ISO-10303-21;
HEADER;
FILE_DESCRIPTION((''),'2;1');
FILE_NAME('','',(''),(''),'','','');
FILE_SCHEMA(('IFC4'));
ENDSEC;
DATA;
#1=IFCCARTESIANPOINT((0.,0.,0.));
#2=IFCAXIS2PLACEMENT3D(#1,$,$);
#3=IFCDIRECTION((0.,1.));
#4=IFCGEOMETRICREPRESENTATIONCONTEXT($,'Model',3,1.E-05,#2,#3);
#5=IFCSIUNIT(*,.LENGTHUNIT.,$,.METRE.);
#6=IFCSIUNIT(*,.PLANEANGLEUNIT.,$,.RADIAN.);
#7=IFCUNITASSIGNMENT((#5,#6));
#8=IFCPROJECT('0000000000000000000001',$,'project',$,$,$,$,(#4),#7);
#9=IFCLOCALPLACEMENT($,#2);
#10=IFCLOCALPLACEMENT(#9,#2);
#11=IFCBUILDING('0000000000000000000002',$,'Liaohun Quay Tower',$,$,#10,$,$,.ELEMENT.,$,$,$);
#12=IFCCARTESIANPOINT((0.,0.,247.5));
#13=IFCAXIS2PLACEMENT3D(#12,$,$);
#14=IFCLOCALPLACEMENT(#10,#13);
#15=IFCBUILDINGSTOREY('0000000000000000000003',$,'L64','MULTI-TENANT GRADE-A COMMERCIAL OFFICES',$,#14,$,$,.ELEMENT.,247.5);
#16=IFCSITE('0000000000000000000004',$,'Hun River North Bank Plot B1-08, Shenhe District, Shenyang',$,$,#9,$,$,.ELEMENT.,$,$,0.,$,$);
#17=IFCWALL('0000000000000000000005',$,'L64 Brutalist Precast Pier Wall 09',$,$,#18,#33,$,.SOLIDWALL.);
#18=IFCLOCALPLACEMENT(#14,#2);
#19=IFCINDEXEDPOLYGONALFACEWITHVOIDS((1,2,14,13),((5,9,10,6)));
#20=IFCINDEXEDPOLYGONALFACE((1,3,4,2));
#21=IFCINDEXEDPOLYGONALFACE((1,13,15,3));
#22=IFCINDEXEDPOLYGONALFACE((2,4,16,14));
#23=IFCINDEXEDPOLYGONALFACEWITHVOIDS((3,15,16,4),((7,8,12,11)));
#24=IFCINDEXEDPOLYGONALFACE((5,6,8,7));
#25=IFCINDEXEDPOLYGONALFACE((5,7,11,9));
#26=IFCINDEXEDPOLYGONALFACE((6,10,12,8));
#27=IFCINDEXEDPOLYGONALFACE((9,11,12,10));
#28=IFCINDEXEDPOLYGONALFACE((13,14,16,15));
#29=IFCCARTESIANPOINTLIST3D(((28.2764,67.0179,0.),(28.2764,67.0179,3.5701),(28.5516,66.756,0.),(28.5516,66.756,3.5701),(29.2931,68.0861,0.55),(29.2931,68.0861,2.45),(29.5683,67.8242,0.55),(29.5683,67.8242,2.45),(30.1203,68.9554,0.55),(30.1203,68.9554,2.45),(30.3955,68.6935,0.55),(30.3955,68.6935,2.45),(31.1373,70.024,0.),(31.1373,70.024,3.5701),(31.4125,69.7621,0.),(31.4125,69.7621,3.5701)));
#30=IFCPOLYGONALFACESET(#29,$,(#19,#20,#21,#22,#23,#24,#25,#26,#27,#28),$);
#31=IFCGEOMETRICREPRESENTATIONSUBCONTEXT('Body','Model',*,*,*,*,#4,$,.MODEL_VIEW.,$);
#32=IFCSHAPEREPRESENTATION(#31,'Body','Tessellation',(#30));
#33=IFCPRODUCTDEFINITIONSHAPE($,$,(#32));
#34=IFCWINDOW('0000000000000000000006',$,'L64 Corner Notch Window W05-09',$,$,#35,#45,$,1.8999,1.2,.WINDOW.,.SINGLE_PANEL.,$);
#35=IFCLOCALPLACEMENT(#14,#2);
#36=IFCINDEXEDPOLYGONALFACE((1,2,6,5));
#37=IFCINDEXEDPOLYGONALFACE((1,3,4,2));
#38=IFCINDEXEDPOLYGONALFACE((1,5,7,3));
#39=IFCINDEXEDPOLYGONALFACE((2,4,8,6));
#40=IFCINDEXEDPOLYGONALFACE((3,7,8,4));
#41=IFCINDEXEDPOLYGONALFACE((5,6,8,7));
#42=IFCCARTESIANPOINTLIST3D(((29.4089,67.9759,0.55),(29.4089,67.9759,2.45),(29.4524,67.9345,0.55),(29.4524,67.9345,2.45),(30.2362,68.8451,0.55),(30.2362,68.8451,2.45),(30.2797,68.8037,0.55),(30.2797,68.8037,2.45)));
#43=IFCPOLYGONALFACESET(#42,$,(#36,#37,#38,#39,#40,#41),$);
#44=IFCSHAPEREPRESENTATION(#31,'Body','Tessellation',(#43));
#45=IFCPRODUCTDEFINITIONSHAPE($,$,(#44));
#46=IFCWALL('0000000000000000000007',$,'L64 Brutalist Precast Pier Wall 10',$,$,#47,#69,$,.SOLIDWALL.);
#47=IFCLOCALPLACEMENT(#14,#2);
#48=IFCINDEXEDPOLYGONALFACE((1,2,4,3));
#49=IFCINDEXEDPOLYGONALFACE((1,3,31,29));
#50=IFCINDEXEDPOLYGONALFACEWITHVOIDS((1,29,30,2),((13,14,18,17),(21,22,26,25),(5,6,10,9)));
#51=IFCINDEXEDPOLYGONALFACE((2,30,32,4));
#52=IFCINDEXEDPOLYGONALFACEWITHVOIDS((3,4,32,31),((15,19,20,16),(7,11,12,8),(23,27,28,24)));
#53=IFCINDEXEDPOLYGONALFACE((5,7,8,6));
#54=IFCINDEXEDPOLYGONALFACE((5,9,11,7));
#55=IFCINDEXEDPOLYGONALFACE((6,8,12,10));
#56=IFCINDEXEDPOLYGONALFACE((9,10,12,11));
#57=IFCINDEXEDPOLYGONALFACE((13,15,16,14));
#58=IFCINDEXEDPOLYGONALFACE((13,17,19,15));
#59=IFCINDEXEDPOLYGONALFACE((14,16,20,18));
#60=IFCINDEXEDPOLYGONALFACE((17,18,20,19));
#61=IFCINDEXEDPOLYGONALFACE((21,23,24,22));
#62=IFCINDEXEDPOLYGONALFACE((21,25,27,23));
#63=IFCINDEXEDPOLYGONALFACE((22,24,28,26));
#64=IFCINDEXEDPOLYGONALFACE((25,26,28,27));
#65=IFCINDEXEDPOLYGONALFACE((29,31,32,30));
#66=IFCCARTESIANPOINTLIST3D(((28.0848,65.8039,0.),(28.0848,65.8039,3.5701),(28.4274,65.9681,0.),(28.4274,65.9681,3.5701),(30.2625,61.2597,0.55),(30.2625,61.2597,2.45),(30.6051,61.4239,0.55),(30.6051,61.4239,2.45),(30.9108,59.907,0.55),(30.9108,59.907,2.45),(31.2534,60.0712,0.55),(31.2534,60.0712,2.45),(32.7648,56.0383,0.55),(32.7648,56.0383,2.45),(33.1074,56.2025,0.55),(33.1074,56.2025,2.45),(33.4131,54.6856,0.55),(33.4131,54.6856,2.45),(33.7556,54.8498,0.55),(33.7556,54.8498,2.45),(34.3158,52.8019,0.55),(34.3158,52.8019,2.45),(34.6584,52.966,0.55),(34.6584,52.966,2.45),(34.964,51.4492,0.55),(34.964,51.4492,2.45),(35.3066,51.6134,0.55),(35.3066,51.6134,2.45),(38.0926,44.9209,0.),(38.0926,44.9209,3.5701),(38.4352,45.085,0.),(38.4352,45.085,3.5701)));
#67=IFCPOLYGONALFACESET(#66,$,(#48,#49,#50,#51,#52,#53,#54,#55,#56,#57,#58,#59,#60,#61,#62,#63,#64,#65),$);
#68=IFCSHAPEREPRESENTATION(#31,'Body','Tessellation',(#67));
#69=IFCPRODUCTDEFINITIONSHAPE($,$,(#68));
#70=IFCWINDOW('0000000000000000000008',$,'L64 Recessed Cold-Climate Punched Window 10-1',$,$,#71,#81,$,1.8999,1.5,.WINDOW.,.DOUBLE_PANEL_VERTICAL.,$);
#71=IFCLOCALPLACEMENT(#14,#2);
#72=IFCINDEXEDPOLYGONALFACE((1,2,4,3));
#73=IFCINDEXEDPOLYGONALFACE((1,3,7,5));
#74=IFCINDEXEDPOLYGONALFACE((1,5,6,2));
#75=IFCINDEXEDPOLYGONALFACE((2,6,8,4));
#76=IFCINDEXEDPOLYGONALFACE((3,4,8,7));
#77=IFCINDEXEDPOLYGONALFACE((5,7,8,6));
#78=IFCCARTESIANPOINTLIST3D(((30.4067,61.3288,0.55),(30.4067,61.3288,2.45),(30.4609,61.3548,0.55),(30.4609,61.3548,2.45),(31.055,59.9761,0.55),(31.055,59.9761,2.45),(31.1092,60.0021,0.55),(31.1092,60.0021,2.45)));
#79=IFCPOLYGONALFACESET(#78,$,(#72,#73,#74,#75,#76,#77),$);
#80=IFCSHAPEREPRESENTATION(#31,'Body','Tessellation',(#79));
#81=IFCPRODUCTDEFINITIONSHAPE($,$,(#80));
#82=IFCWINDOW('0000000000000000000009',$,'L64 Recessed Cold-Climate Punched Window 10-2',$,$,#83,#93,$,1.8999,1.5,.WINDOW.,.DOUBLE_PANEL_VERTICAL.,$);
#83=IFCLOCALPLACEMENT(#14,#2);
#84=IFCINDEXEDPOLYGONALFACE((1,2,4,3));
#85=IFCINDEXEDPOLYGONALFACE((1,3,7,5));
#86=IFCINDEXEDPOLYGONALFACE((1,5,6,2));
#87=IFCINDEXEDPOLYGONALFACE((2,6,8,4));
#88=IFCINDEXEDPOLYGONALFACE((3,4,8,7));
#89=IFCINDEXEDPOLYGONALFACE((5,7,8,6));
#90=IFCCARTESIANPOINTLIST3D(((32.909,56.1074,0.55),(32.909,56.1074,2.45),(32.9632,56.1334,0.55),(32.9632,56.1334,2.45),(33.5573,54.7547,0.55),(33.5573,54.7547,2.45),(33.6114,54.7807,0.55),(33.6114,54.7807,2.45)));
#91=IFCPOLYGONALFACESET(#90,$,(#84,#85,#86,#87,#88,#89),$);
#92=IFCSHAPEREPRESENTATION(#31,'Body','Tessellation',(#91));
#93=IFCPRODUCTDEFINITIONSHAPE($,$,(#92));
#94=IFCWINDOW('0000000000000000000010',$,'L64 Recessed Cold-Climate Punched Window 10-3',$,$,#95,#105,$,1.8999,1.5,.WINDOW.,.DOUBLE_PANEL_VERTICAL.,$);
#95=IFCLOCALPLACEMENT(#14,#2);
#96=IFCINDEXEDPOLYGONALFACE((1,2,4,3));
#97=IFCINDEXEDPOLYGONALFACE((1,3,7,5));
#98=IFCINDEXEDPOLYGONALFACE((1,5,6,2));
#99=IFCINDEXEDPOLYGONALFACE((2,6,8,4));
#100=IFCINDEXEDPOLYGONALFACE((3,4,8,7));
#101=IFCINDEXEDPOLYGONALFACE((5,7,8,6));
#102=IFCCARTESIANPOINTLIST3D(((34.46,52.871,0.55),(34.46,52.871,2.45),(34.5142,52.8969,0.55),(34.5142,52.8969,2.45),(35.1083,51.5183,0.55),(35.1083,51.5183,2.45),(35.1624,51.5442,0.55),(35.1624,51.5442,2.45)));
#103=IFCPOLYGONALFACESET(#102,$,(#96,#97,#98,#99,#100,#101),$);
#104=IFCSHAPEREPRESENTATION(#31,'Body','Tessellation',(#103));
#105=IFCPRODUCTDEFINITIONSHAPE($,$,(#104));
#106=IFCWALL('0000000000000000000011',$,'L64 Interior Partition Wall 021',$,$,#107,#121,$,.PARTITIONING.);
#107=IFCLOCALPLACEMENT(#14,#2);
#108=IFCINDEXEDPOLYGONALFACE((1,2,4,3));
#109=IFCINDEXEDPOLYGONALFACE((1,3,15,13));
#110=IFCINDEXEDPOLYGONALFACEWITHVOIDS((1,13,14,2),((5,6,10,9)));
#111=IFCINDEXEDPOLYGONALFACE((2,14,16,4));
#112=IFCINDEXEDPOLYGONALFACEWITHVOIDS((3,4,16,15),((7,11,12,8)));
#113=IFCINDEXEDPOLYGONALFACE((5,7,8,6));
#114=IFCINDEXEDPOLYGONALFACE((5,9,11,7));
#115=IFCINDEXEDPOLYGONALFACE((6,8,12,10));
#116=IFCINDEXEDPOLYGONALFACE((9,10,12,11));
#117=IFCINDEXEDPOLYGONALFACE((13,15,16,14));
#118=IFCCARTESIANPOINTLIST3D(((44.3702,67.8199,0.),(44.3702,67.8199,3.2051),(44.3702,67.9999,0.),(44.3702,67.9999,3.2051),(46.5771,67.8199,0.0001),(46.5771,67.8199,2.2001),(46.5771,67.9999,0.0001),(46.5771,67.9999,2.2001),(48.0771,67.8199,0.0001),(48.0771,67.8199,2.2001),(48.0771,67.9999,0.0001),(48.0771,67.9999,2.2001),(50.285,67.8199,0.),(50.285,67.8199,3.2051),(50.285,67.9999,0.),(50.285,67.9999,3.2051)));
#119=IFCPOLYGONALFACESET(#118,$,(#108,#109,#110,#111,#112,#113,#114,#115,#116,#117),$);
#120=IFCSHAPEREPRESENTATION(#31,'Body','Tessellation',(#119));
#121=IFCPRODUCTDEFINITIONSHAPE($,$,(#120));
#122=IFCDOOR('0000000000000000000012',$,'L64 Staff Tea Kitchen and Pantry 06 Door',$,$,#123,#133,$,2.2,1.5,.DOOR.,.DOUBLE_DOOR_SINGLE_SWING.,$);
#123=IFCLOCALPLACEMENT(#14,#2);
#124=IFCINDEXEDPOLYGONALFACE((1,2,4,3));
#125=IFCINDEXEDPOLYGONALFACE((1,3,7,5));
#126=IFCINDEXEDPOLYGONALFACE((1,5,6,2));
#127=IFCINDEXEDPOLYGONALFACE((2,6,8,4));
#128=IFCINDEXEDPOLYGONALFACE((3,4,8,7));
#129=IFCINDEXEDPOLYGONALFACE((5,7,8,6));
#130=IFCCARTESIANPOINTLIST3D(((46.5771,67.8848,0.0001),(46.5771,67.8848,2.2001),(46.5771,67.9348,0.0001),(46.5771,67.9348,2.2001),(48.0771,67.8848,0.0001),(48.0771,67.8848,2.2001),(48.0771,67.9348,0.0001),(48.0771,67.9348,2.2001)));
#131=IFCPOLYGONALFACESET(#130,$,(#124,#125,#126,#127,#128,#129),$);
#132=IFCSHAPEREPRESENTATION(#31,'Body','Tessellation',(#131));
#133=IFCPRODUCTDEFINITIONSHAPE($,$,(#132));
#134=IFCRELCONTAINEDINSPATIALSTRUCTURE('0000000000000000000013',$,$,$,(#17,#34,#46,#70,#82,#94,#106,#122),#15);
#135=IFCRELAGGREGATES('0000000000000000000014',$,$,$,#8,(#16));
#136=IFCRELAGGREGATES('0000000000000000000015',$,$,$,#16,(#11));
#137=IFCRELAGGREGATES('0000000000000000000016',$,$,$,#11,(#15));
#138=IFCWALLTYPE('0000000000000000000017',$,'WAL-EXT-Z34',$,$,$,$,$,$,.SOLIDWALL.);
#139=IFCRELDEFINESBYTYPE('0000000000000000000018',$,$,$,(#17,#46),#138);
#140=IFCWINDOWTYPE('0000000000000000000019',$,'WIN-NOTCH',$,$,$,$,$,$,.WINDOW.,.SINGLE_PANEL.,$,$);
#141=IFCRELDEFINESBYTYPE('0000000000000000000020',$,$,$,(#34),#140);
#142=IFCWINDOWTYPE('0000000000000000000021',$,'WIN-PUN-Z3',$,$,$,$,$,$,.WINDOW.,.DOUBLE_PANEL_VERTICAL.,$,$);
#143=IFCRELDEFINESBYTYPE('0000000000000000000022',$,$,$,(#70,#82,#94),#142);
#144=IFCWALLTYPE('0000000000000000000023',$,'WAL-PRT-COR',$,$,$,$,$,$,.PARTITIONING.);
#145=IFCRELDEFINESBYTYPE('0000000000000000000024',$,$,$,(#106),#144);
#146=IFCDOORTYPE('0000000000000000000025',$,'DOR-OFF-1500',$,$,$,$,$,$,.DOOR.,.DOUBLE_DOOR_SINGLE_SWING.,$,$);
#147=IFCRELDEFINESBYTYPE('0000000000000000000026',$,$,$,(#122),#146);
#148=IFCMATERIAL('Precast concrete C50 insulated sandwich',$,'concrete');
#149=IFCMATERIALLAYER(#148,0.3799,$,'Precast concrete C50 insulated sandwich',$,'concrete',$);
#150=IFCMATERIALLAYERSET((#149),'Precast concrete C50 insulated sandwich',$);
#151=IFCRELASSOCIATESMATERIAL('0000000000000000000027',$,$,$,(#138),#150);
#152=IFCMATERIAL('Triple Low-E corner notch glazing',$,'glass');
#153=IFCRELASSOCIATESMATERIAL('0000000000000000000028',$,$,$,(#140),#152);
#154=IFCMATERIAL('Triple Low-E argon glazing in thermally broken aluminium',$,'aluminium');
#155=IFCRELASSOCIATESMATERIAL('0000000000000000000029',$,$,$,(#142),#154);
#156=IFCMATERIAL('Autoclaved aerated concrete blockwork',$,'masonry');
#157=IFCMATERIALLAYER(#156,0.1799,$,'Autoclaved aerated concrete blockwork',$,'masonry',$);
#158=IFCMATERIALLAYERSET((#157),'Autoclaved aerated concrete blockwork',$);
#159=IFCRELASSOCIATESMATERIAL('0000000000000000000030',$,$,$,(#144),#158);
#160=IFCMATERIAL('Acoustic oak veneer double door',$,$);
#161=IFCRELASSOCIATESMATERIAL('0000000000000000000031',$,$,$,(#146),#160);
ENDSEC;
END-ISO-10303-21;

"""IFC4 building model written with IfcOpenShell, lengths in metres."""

from ifc_helpers import new_model, si_unit, direction, frame, frame_2d, origin, place, context, subcontext, project, spatial, rectangle, extrude, source, transform, mapped, material, layer, layer_set, type_object, element, fill, save


model = new_model("IFC4")

# Units and contexts
model_context = context("Model", 3, precision=1e-05, world=origin(), true_north=direction((0.0, 1.0)))
body_context = subcontext(model_context, "Body", "Model", "MODEL_VIEW")
ifc_project = project(units=[si_unit("LENGTHUNIT", "METRE"), si_unit("PLANEANGLEUNIT", "RADIAN")], contexts=[model_context])

# Site, building, storey
site_placement = place(None, origin())
site = spatial("IfcSite", under=ifc_project, at=site_placement, Name="Hun River North Bank Plot B1-08, Shenhe District, Shenyang", CompositionType="ELEMENT", RefElevation=0.0)
building_placement = place(site_placement, origin())
building = spatial("IfcBuilding", under=site, at=building_placement, Name="Liaohun Quay Tower", CompositionType="ELEMENT")
storey_placement = place(building_placement, frame((0.0, 0.0, 247.5)))
storey = spatial("IfcBuildingStorey", under=building, at=storey_placement, Name="L64", Description="MULTI-TENANT GRADE-A COMMERCIAL OFFICES", CompositionType="ELEMENT", Elevation=247.5)

# Wall, opening, window
ifc_material_1 = material(Name="Precast concrete C50 insulated sandwich", Category="concrete")
ifc_layer_1 = layer(ifc_material_1, 0.3799, Name="Precast concrete C50 insulated sandwich", Category="concrete")
ifc_layer_set_1 = layer_set([ifc_layer_1], Name="Precast concrete C50 insulated sandwich")
wall_type_1 = type_object("IfcWallType", Name="WAL-EXT-Z34", PredefinedType="SOLIDWALL", material=ifc_layer_set_1)
shared_shape_1 = source(origin(), body_context, "Body", "SweptSolid", [
    extrude(rectangle(XDim=1.2, YDim=1.8999, at=frame_2d((0.6001, 0.95))), frame((0.0, 0.2, 0.0), z_axis=(0.0, -1.0, 0.0), x_axis=(1.0, 0.0, 0.0)), (0.0, 0.0, 1.0), 0.3999),
])
ifc_material_2 = material(Name="Triple Low-E corner notch glazing", Category="glass")
window_type_1 = type_object("IfcWindowType", Name="WIN-NOTCH", PartitioningType="SINGLE_PANEL", PredefinedType="WINDOW", material=ifc_material_2)
shared_shape_2 = source(origin(), body_context, "Body", "SweptSolid", [
    extrude(rectangle(XDim=1.2, YDim=1.8999, at=frame_2d((0.6001, 0.95))), frame((0.0, 0.03, 0.0), z_axis=(0.0, -1.0, 0.0), x_axis=(1.0, 0.0, 0.0)), (0.0, 0.0, 1.0), 0.0601),
])
wall_1_placement = place(storey_placement, frame((31.2749, 69.8931, 0.0), z_axis=(0.0, 0.0, 1.0), x_axis=(-0.689388, -0.724393, 0.0)))
wall_1 = element("IfcWall", 1, at=wall_1_placement, inside=storey, type_object=wall_type_1, Name="L64 Brutalist Precast Pier Wall 09", PredefinedType="SOLIDWALL", context=body_context, shape_type="SweptSolid", body=[
    extrude(rectangle(XDim=4.1499, YDim=0.3799, at=frame_2d((2.075, 0.0))), origin(), (0.0, 0.0, 1.0), 3.5701),
])
opening_1_placement = place(wall_1_placement, frame((1.4751, 0.0, 0.55)))
opening_1 = element("IfcOpeningElement", 2, at=opening_1_placement, cuts=wall_1, PredefinedType="OPENING", context=body_context, shape_type="MappedRepresentation", body=[
    mapped(shared_shape_1, transform((0.0, 0.0, 0.0), x_axis=(1.0, 0.0, 0.0), y_axis=(0.0, 1.0, 0.0), z_axis=(0.0, 0.0, 1.0), scale=1.0)),
])
window_1_placement = place(opening_1_placement, origin())
window_1 = element("IfcWindow", 3, at=window_1_placement, inside=storey, type_object=window_type_1, Name="L64 Corner Notch Window W05-09", OverallHeight=1.8999, OverallWidth=1.2, PartitioningType="SINGLE_PANEL", PredefinedType="WINDOW", context=body_context, shape_type="MappedRepresentation", body=[
    mapped(shared_shape_2, transform((0.0, 0.0, 0.0), x_axis=(1.0, 0.0, 0.0), y_axis=(0.0, 1.0, 0.0), z_axis=(0.0, 0.0, 1.0), scale=1.0)),
])
fill(opening_1, window_1)

# Wall, openings, windows
wall_2_placement = place(storey_placement, frame((28.2561, 65.886, 0.0), z_axis=(0.0, 0.0, 1.0), x_axis=(0.432168, -0.901793, 0.0)))
wall_2 = element("IfcWall", 4, at=wall_2_placement, inside=storey, type_object=wall_type_1, Name="L64 Brutalist Precast Pier Wall 10", PredefinedType="SOLIDWALL", context=body_context, shape_type="SweptSolid", body=[
    extrude(rectangle(XDim=23.1572, YDim=0.3799, at=frame_2d((11.5786, 0.0))), origin(), (0.0, 0.0, 1.0), 3.5701),
])
shared_shape_3 = source(origin(), body_context, "Body", "SweptSolid", [
    extrude(rectangle(XDim=1.5, YDim=1.8999, at=frame_2d((0.75, 0.95))), frame((0.0, 0.2, 0.0), z_axis=(0.0, -1.0, 0.0), x_axis=(1.0, 0.0, 0.0)), (0.0, 0.0, 1.0), 0.3999),
])
opening_2_placement = place(wall_2_placement, frame((5.0391, 0.0, 0.55)))
opening_2 = element("IfcOpeningElement", 5, at=opening_2_placement, cuts=wall_2, PredefinedType="OPENING", context=body_context, shape_type="MappedRepresentation", body=[
    mapped(shared_shape_3, transform((0.0, 0.0, 0.0), x_axis=(1.0, 0.0, 0.0), y_axis=(0.0, 1.0, 0.0), z_axis=(0.0, 0.0, 1.0), scale=1.0)),
])
opening_3_placement = place(wall_2_placement, frame((10.8291, 0.0, 0.55)))
opening_3 = element("IfcOpeningElement", 6, at=opening_3_placement, cuts=wall_2, PredefinedType="OPENING", context=body_context, shape_type="MappedRepresentation", body=[
    mapped(shared_shape_3, transform((0.0, 0.0, 0.0), x_axis=(1.0, 0.0, 0.0), y_axis=(0.0, 1.0, 0.0), z_axis=(0.0, 0.0, 1.0), scale=1.0)),
])
opening_4_placement = place(wall_2_placement, frame((14.418, 0.0, 0.55)))
opening_4 = element("IfcOpeningElement", 7, at=opening_4_placement, cuts=wall_2, PredefinedType="OPENING", context=body_context, shape_type="MappedRepresentation", body=[
    mapped(shared_shape_3, transform((0.0, 0.0, 0.0), x_axis=(1.0, 0.0, 0.0), y_axis=(0.0, 1.0, 0.0), z_axis=(0.0, 0.0, 1.0), scale=1.0)),
])
ifc_material_3 = material(Name="Triple Low-E argon glazing in thermally broken aluminium", Category="aluminium")
window_type_2 = type_object("IfcWindowType", Name="WIN-PUN-Z3", PartitioningType="DOUBLE_PANEL_VERTICAL", PredefinedType="WINDOW", material=ifc_material_3)
shared_shape_4 = source(origin(), body_context, "Body", "SweptSolid", [
    extrude(rectangle(XDim=1.5, YDim=1.8999, at=frame_2d((0.75, 0.95))), frame((0.0, 0.03, 0.0), z_axis=(0.0, -1.0, 0.0), x_axis=(1.0, 0.0, 0.0)), (0.0, 0.0, 1.0), 0.0601),
])
window_2_placement = place(opening_2_placement, origin())
window_2 = element("IfcWindow", 8, at=window_2_placement, inside=storey, type_object=window_type_2, Name="L64 Recessed Cold-Climate Punched Window 10-1", OverallHeight=1.8999, OverallWidth=1.5, PartitioningType="DOUBLE_PANEL_VERTICAL", PredefinedType="WINDOW", context=body_context, shape_type="MappedRepresentation", body=[
    mapped(shared_shape_4, transform((0.0, 0.0, 0.0), x_axis=(1.0, 0.0, 0.0), y_axis=(0.0, 1.0, 0.0), z_axis=(0.0, 0.0, 1.0), scale=1.0)),
])
fill(opening_2, window_2)
window_3_placement = place(opening_3_placement, origin())
window_3 = element("IfcWindow", 9, at=window_3_placement, inside=storey, type_object=window_type_2, Name="L64 Recessed Cold-Climate Punched Window 10-2", OverallHeight=1.8999, OverallWidth=1.5, PartitioningType="DOUBLE_PANEL_VERTICAL", PredefinedType="WINDOW", context=body_context, shape_type="MappedRepresentation", body=[
    mapped(shared_shape_4, transform((0.0, 0.0, 0.0), x_axis=(1.0, 0.0, 0.0), y_axis=(0.0, 1.0, 0.0), z_axis=(0.0, 0.0, 1.0), scale=1.0)),
])
fill(opening_3, window_3)
window_4_placement = place(opening_4_placement, origin())
window_4 = element("IfcWindow", 10, at=window_4_placement, inside=storey, type_object=window_type_2, Name="L64 Recessed Cold-Climate Punched Window 10-3", OverallHeight=1.8999, OverallWidth=1.5, PartitioningType="DOUBLE_PANEL_VERTICAL", PredefinedType="WINDOW", context=body_context, shape_type="MappedRepresentation", body=[
    mapped(shared_shape_4, transform((0.0, 0.0, 0.0), x_axis=(1.0, 0.0, 0.0), y_axis=(0.0, 1.0, 0.0), z_axis=(0.0, 0.0, 1.0), scale=1.0)),
])
fill(opening_4, window_4)

# Wall, opening, door
ifc_material_4 = material(Name="Autoclaved aerated concrete blockwork", Category="masonry")
ifc_layer_2 = layer(ifc_material_4, 0.1799, Name="Autoclaved aerated concrete blockwork", Category="masonry")
ifc_layer_set_2 = layer_set([ifc_layer_2], Name="Autoclaved aerated concrete blockwork")
wall_type_2 = type_object("IfcWallType", Name="WAL-PRT-COR", PredefinedType="PARTITIONING", material=ifc_layer_set_2)
wall_3_placement = place(storey_placement, frame((44.3701, 67.9099, 0.0), z_axis=(0.0, 0.0, 1.0), x_axis=(1.0, 0.0, 0.0)))
wall_3 = element("IfcWall", 11, at=wall_3_placement, inside=storey, type_object=wall_type_2, Name="L64 Interior Partition Wall 021", PredefinedType="PARTITIONING", context=body_context, shape_type="SweptSolid", body=[
    extrude(rectangle(XDim=5.9148, YDim=0.1799, at=frame_2d((2.9575, 0.0))), origin(), (0.0, 0.0, 1.0), 3.2051),
])
shared_shape_5 = source(origin(), body_context, "Body", "SweptSolid", [
    extrude(rectangle(XDim=1.5, YDim=2.2, at=frame_2d((0.75, 1.1001))), frame((0.0, 0.0999, 0.0), z_axis=(0.0, -1.0, 0.0), x_axis=(1.0, 0.0, 0.0)), (0.0, 0.0, 1.0), 0.2),
])
opening_5_placement = place(wall_3_placement, frame((2.207, 0.0, 0.0)))
opening_5 = element("IfcOpeningElement", 12, at=opening_5_placement, cuts=wall_3, PredefinedType="OPENING", context=body_context, shape_type="MappedRepresentation", body=[
    mapped(shared_shape_5, transform((0.0, 0.0, 0.0), x_axis=(1.0, 0.0, 0.0), y_axis=(0.0, 1.0, 0.0), z_axis=(0.0, 0.0, 1.0), scale=1.0)),
])
ifc_material_5 = material(Name="Acoustic oak veneer double door")
door_type_1 = type_object("IfcDoorType", Name="DOR-OFF-1500", OperationType="DOUBLE_DOOR_SINGLE_SWING", PredefinedType="DOOR", material=ifc_material_5)
shared_shape_6 = source(origin(), body_context, "Body", "SweptSolid", [
    extrude(rectangle(XDim=1.5, YDim=2.2, at=frame_2d((0.75, 1.1001))), frame((0.0, 0.0249, 0.0), z_axis=(0.0, -1.0, 0.0), x_axis=(1.0, 0.0, 0.0)), (0.0, 0.0, 1.0), 0.05),
])
door_1_placement = place(opening_5_placement, origin())
door_1 = element("IfcDoor", 13, at=door_1_placement, inside=storey, type_object=door_type_1, Name="L64 Staff Tea Kitchen and Pantry 06 Door", OperationType="DOUBLE_DOOR_SINGLE_SWING", OverallHeight=2.2, OverallWidth=1.5, PredefinedType="DOOR", context=body_context, shape_type="MappedRepresentation", body=[
    mapped(shared_shape_6, transform((0.0, 0.0, 0.0), x_axis=(1.0, 0.0, 0.0), y_axis=(0.0, 1.0, 0.0), z_axis=(0.0, 0.0, 1.0), scale=1.0)),
])
fill(opening_5, door_1)

save(model, "model.ifc")
